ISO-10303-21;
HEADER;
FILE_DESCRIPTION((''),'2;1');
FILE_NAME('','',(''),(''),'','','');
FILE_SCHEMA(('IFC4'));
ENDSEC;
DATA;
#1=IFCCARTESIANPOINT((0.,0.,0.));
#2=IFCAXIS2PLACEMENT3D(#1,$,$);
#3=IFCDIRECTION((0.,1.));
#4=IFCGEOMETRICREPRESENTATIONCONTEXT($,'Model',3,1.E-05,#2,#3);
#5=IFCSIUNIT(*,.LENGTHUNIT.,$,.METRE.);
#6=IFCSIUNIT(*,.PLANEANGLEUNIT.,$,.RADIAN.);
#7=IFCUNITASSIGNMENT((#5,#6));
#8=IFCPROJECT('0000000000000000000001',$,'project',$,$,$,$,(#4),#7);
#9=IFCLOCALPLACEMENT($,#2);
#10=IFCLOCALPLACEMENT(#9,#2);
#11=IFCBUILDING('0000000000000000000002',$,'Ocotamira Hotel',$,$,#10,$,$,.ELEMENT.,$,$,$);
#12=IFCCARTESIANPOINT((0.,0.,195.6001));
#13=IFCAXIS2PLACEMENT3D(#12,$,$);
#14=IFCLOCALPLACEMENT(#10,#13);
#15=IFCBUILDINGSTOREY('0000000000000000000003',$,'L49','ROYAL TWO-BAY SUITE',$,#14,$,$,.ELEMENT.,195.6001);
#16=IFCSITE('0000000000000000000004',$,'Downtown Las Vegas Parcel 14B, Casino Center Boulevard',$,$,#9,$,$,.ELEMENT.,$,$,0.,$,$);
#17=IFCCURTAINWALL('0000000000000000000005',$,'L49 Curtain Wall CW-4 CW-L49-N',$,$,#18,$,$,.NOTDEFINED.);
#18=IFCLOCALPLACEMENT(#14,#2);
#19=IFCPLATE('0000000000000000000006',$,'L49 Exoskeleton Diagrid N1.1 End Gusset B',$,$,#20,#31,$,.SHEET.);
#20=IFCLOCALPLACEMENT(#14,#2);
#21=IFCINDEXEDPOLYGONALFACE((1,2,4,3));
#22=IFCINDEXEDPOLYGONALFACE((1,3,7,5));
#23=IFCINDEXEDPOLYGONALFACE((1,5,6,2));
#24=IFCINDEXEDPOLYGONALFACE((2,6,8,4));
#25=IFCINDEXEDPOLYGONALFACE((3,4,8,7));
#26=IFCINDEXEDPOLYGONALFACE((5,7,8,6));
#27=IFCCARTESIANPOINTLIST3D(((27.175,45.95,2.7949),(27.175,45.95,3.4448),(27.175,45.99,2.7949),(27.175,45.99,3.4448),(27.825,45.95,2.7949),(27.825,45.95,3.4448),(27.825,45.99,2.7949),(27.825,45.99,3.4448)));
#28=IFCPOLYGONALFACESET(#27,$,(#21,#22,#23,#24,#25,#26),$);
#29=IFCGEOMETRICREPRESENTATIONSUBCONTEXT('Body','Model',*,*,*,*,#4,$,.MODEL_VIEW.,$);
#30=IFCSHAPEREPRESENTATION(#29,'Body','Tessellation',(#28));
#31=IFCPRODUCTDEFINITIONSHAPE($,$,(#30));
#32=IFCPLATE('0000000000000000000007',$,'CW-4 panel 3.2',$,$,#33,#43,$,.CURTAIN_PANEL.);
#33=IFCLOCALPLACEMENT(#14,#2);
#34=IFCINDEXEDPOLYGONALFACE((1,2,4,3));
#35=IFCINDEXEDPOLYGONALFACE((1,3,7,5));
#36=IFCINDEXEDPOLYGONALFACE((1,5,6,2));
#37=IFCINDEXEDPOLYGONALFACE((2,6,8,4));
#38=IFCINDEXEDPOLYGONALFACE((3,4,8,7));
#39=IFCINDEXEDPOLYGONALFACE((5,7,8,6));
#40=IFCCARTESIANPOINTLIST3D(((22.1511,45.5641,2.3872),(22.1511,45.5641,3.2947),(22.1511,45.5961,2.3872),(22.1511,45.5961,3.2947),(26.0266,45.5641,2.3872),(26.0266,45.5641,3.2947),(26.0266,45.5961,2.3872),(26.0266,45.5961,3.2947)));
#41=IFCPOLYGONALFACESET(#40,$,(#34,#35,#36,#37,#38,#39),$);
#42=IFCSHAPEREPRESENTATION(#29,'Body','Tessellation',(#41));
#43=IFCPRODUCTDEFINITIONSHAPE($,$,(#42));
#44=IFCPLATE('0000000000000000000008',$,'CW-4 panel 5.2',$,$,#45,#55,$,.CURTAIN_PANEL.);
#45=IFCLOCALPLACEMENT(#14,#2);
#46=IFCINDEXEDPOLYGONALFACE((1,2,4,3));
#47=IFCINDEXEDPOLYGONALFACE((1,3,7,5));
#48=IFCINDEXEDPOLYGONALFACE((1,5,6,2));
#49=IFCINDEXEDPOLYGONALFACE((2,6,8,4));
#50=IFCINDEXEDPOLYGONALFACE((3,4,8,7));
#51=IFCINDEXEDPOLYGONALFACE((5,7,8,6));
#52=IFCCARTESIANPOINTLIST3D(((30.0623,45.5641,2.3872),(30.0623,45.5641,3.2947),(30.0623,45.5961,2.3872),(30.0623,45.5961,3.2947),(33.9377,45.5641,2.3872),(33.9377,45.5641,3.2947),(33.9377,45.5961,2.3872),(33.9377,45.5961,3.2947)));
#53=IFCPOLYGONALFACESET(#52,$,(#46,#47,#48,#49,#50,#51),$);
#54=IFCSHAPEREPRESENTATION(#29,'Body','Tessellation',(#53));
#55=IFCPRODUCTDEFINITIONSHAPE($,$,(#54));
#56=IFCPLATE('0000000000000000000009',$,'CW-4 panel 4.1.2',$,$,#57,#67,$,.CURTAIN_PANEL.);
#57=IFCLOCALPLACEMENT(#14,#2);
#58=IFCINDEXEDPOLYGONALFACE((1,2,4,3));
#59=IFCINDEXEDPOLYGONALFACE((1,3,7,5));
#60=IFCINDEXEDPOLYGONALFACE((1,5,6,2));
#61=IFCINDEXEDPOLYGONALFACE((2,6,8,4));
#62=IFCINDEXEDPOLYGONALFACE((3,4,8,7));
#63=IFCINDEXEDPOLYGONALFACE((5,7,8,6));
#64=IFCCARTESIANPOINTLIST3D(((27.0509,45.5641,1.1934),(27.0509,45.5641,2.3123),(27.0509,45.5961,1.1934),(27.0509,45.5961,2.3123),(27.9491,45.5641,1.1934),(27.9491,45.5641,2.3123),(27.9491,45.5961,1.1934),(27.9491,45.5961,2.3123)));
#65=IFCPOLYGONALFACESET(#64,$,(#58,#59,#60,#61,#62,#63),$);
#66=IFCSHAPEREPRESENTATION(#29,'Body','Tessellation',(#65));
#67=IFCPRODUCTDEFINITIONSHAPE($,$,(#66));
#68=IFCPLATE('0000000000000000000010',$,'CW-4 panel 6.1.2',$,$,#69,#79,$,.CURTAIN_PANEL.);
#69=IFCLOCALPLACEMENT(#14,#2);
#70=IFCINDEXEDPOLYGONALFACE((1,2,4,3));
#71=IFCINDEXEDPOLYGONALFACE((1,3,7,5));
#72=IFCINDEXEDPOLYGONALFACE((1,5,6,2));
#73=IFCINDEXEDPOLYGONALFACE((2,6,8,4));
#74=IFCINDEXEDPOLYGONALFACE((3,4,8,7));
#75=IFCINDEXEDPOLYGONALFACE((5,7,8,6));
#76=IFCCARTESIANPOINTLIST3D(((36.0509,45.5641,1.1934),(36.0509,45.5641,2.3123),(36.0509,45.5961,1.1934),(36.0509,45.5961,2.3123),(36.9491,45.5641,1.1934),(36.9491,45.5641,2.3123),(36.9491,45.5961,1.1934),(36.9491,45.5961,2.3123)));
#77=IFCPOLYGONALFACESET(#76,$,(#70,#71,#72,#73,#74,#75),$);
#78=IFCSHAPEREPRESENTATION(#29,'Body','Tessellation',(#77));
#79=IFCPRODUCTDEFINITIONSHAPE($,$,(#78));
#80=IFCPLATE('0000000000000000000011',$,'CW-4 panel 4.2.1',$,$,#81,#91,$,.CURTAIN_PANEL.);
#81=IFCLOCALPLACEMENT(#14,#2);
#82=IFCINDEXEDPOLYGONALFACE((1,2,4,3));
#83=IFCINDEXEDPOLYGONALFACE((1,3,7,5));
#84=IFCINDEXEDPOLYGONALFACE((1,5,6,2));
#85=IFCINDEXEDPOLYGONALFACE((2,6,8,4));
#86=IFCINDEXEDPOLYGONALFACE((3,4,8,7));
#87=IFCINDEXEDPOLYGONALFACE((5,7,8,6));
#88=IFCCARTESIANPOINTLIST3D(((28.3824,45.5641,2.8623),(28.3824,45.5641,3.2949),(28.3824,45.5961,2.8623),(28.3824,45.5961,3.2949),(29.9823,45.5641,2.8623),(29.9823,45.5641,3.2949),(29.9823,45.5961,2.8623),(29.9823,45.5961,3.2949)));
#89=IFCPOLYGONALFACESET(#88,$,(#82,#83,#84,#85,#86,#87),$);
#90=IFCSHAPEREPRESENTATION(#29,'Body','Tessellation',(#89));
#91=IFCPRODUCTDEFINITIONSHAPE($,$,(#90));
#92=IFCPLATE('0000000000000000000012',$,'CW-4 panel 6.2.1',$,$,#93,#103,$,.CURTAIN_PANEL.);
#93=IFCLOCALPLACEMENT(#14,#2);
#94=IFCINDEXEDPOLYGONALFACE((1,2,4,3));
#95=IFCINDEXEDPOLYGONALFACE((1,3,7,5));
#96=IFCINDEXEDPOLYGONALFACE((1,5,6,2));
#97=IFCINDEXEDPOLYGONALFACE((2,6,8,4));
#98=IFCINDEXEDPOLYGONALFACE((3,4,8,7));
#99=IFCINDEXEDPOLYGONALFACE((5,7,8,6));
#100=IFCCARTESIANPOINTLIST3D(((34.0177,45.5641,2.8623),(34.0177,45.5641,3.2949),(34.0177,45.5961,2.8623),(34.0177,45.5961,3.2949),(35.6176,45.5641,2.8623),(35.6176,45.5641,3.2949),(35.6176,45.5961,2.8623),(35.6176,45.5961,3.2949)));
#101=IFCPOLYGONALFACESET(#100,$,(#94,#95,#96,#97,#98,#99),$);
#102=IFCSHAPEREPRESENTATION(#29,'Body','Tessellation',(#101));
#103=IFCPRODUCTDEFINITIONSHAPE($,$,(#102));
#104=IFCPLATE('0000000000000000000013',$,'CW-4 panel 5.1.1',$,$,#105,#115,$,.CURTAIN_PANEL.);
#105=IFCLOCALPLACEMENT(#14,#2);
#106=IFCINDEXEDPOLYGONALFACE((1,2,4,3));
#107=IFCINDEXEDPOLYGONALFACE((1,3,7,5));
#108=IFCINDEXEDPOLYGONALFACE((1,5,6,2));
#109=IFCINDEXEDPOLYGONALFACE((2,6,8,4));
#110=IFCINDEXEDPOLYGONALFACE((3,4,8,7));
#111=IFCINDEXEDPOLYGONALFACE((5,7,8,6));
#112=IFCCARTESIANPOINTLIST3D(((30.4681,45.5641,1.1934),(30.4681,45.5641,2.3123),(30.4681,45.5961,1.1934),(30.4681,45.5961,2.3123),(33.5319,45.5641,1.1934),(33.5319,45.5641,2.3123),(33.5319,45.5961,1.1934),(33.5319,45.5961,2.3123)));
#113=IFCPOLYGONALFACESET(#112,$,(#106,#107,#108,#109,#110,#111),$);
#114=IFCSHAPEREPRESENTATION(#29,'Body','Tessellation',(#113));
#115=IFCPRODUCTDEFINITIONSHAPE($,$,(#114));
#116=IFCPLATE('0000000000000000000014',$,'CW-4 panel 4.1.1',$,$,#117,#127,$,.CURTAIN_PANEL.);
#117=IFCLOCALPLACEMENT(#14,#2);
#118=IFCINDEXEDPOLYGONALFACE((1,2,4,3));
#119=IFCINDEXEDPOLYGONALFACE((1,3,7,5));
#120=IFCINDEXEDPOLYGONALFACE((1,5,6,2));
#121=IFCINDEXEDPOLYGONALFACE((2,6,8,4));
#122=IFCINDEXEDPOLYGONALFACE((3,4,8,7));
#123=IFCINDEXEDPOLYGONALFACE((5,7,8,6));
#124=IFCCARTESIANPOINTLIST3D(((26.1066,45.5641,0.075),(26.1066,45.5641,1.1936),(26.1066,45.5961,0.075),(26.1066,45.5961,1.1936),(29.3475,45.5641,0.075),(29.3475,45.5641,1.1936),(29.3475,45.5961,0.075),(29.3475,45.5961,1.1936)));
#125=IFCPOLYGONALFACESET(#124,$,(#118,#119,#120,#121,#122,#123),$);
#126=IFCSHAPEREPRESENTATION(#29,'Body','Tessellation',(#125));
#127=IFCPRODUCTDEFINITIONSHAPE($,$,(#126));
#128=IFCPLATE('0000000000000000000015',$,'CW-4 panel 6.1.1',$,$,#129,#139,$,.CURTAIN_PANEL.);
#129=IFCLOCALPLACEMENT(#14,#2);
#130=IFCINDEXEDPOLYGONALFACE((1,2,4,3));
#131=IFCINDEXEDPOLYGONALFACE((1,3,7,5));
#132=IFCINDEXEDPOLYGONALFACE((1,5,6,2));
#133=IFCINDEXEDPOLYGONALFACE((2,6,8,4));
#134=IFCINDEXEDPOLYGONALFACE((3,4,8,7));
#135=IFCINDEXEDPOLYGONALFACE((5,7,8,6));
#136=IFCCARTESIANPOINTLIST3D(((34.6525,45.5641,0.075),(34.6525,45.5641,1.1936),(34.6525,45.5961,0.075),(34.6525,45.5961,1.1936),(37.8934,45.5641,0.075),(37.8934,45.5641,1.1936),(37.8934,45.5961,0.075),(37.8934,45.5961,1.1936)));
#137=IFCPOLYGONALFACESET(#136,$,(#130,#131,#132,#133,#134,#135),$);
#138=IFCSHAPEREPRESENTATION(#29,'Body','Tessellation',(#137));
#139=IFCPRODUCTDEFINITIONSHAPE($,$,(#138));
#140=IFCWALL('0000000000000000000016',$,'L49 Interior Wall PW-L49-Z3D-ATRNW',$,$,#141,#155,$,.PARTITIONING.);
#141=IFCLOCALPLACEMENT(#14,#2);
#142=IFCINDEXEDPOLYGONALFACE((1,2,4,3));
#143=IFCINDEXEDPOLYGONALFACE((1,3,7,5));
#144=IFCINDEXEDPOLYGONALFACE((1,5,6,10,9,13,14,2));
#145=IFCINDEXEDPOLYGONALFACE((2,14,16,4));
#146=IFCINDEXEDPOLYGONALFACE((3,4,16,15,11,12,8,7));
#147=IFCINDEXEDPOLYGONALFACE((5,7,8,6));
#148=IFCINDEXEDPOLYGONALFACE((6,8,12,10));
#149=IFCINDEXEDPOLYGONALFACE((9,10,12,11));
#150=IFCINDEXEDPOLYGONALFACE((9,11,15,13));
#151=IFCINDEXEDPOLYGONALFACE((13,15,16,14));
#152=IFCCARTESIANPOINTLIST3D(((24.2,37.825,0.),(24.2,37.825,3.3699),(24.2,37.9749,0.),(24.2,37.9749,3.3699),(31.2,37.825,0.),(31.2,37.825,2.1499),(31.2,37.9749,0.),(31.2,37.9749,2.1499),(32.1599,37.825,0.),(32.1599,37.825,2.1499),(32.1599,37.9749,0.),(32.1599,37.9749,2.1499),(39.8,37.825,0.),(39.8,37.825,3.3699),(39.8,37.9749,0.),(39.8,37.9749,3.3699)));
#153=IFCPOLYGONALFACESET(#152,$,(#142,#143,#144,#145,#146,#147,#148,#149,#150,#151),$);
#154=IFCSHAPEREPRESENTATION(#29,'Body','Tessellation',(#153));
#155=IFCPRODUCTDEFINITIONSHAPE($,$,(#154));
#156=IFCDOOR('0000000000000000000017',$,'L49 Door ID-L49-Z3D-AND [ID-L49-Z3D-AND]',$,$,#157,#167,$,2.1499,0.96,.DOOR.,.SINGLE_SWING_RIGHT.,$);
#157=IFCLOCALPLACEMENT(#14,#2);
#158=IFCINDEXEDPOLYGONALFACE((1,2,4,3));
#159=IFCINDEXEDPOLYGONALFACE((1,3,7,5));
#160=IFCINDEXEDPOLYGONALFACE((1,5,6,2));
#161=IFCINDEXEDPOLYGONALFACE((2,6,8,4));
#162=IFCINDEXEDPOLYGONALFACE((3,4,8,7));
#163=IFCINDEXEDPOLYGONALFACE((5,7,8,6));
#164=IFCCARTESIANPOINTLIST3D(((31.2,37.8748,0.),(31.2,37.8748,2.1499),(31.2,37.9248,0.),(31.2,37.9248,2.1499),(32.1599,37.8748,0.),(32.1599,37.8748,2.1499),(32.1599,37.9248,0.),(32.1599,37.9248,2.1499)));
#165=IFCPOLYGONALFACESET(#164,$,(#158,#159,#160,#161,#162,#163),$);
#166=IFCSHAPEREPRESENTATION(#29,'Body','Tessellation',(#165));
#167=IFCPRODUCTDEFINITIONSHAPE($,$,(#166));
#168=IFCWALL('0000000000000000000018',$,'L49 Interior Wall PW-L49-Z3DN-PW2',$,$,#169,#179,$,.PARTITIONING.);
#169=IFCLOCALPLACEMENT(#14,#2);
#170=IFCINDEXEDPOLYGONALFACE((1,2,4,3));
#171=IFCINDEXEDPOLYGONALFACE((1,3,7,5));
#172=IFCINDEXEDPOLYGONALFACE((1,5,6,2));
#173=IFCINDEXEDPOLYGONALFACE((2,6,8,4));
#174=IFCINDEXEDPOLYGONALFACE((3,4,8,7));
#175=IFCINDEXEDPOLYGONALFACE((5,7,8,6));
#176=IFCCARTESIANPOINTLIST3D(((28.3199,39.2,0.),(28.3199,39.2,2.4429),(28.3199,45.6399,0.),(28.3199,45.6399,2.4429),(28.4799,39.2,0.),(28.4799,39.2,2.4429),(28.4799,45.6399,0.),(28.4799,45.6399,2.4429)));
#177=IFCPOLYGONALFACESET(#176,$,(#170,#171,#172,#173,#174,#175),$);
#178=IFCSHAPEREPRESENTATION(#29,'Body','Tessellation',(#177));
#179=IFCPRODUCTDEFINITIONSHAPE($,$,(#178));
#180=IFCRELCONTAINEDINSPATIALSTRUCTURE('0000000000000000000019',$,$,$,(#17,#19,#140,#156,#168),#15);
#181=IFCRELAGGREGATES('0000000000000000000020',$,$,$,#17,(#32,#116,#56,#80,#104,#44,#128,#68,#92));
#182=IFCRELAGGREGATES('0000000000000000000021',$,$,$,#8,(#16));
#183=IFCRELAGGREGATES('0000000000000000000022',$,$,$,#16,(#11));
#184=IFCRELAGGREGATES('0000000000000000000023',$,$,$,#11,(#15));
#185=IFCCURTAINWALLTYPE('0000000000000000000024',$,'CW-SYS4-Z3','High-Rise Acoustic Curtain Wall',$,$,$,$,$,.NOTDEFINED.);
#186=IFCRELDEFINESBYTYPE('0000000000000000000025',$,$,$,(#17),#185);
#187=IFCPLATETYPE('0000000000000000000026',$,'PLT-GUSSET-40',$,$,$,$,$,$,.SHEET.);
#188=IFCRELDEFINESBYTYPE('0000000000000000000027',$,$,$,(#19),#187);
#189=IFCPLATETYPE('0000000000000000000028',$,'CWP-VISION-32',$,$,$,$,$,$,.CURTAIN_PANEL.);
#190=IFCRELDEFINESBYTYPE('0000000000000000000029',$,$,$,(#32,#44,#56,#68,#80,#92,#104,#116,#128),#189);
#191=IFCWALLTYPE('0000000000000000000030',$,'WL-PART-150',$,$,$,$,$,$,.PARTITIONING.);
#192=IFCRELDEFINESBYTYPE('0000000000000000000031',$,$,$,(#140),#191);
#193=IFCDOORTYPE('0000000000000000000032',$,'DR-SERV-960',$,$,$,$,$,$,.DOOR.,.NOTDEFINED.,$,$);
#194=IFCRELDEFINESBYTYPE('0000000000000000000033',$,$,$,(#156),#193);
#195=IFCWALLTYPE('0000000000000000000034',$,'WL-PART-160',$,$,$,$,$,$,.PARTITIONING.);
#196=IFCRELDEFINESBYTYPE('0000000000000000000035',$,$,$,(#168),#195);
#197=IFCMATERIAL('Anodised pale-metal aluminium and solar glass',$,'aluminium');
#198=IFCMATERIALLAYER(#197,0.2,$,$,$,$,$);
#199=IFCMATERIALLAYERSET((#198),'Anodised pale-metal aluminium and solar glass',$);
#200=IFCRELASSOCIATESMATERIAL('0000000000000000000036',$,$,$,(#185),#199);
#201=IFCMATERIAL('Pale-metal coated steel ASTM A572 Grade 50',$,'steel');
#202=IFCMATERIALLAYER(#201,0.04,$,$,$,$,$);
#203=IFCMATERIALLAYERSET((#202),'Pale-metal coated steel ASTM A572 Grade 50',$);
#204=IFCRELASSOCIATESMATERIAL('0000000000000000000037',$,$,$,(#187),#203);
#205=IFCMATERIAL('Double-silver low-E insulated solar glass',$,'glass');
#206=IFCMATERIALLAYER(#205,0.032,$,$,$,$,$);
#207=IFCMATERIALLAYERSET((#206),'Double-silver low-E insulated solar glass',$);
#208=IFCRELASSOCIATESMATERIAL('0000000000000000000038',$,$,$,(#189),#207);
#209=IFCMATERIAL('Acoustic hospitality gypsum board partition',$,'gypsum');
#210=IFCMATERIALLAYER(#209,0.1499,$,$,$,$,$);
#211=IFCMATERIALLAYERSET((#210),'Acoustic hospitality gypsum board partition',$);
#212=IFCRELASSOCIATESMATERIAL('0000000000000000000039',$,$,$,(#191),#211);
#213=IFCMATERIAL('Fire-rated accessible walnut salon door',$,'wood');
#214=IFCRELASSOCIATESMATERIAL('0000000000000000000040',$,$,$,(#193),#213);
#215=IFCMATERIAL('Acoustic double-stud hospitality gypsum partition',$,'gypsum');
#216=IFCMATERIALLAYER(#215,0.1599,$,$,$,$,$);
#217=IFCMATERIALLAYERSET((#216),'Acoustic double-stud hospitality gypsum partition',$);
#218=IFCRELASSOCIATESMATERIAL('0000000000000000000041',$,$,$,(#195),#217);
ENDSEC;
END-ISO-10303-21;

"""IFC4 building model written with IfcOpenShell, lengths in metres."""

from ifc_helpers import new_model, si_unit, direction, frame, frame_2d, origin, origin_2d, place, context, subcontext, project, spatial, rectangle, extrude, source, transform, mapped, material, layer, layer_set, type_object, element, fill, aggregate, save


model = new_model("IFC4")

# Units and contexts
model_context = context("Model", 3, precision=1e-05, world=origin(), true_north=direction((0.0, 1.0)))
body_context = subcontext(model_context, "Body", "Model", "MODEL_VIEW")
ifc_project = project(units=[si_unit("LENGTHUNIT", "METRE"), si_unit("PLANEANGLEUNIT", "RADIAN")], contexts=[model_context])

# Site, building, storey
site_placement = place(None, origin())
site = spatial("IfcSite", under=ifc_project, at=site_placement, Name="Downtown Las Vegas Parcel 14B, Casino Center Boulevard", CompositionType="ELEMENT", RefElevation=0.0)
building_placement = place(site_placement, origin())
building = spatial("IfcBuilding", under=site, at=building_placement, Name="Ocotamira Hotel", CompositionType="ELEMENT")
storey_placement = place(building_placement, frame((0.0, 0.0, 195.6001)))
storey = spatial("IfcBuildingStorey", under=building, at=storey_placement, Name="L49", Description="ROYAL TWO-BAY SUITE", CompositionType="ELEMENT", Elevation=195.6001)

# Curtain wall
ifc_material_1 = material(Name="Anodised pale-metal aluminium and solar glass", Category="aluminium")
ifc_layer_1 = layer(ifc_material_1, 0.2)
ifc_layer_set_1 = layer_set([ifc_layer_1], Name="Anodised pale-metal aluminium and solar glass")
curtain_wall_type = type_object("IfcCurtainWallType", Name="CW-SYS4-Z3", Description="High-Rise Acoustic Curtain Wall", PredefinedType="NOTDEFINED", material=ifc_layer_set_1)
curtain_wall_placement = place(storey_placement, origin())
curtain_wall = element("IfcCurtainWall", 1, at=curtain_wall_placement, inside=storey, type_object=curtain_wall_type, Name="L49 Curtain Wall CW-4 CW-L49-N", PredefinedType="NOTDEFINED")

# Plates
ifc_material_2 = material(Name="Pale-metal coated steel ASTM A572 Grade 50", Category="steel")
ifc_layer_2 = layer(ifc_material_2, 0.04)
ifc_layer_set_2 = layer_set([ifc_layer_2], Name="Pale-metal coated steel ASTM A572 Grade 50")
plate_type_1 = type_object("IfcPlateType", Name="PLT-GUSSET-40", PredefinedType="SHEET", material=ifc_layer_set_2)
shared_shape_1 = source(origin(), body_context, "Body", "SweptSolid", [
    extrude(rectangle(XDim=0.6499, YDim=0.04, at=origin_2d()), origin(), (0.0, 0.0, 1.0), 0.6499),
])
plate_1_placement = place(storey_placement, frame((27.5, 45.97, 2.7949), z_axis=(0.0, 0.0, 1.0), x_axis=(1.0, 0.0, 0.0)))
element("IfcPlate", 2, at=plate_1_placement, inside=storey, type_object=plate_type_1, Name="L49 Exoskeleton Diagrid N1.1 End Gusset B", PredefinedType="SHEET", context=body_context, shape_type="MappedRepresentation", body=[
    mapped(shared_shape_1, transform((0.0, 0.0, 0.0), scale=1.0)),
])
ifc_material_3 = material(Name="Double-silver low-E insulated solar glass", Category="glass")
ifc_layer_3 = layer(ifc_material_3, 0.032)
ifc_layer_set_3 = layer_set([ifc_layer_3], Name="Double-silver low-E insulated solar glass")
plate_type_2 = type_object("IfcPlateType", Name="CWP-VISION-32", PredefinedType="CURTAIN_PANEL", material=ifc_layer_set_3)
shared_shape_2 = source(origin(), body_context, "Body", "SweptSolid", [
    extrude(rectangle(XDim=3.8755, YDim=0.032, at=origin_2d()), origin(), (0.0, 0.0, 1.0), 0.9075),
])
plate_2_placement = place(storey_placement, frame((24.0889, 45.5801, 2.3872), z_axis=(0.0, 0.0, 1.0), x_axis=(1.0, 0.0, 0.0)))
plate_2 = element("IfcPlate", 3, at=plate_2_placement, type_object=plate_type_2, Name="CW-4 panel 3.2", PredefinedType="CURTAIN_PANEL", context=body_context, shape_type="MappedRepresentation", body=[
    mapped(shared_shape_2, transform((0.0, 0.0, 0.0), scale=1.0)),
])
plate_3_placement = place(storey_placement, frame((32.0, 45.5801, 2.3872), z_axis=(0.0, 0.0, 1.0), x_axis=(1.0, 0.0, 0.0)))
plate_3 = element("IfcPlate", 4, at=plate_3_placement, type_object=plate_type_2, Name="CW-4 panel 5.2", PredefinedType="CURTAIN_PANEL", context=body_context, shape_type="MappedRepresentation", body=[
    mapped(shared_shape_2, transform((0.0, 0.0, 0.0), scale=1.0)),
])
shared_shape_3 = source(origin(), body_context, "Body", "SweptSolid", [
    extrude(rectangle(XDim=0.8982, YDim=0.032, at=origin_2d()), origin(), (0.0, 0.0, 1.0), 1.1189),
])
plate_4_placement = place(storey_placement, frame((27.5, 45.5801, 1.1934), z_axis=(0.0, 0.0, 1.0), x_axis=(1.0, 0.0, 0.0)))
plate_4 = element("IfcPlate", 5, at=plate_4_placement, type_object=plate_type_2, Name="CW-4 panel 4.1.2", PredefinedType="CURTAIN_PANEL", context=body_context, shape_type="MappedRepresentation", body=[
    mapped(shared_shape_3, transform((0.0, 0.0, 0.0), scale=1.0)),
])
plate_5_placement = place(storey_placement, frame((36.5, 45.5801, 1.1934), z_axis=(0.0, 0.0, 1.0), x_axis=(1.0, 0.0, 0.0)))
plate_5 = element("IfcPlate", 6, at=plate_5_placement, type_object=plate_type_2, Name="CW-4 panel 6.1.2", PredefinedType="CURTAIN_PANEL", context=body_context, shape_type="MappedRepresentation", body=[
    mapped(shared_shape_3, transform((0.0, 0.0, 0.0), scale=1.0)),
])
shared_shape_4 = source(origin(), body_context, "Body", "SweptSolid", [
    extrude(rectangle(XDim=1.5999, YDim=0.032, at=origin_2d()), origin(), (0.0, 0.0, 1.0), 0.4326),
])
plate_6_placement = place(storey_placement, frame((29.1824, 45.5801, 2.8623), z_axis=(0.0, 0.0, 1.0), x_axis=(1.0, 0.0, 0.0)))
plate_6 = element("IfcPlate", 7, at=plate_6_placement, type_object=plate_type_2, Name="CW-4 panel 4.2.1", PredefinedType="CURTAIN_PANEL", context=body_context, shape_type="MappedRepresentation", body=[
    mapped(shared_shape_4, transform((0.0, 0.0, 0.0), scale=1.0)),
])
plate_7_placement = place(storey_placement, frame((34.8176, 45.5801, 2.8623), z_axis=(0.0, 0.0, 1.0), x_axis=(1.0, 0.0, 0.0)))
plate_7 = element("IfcPlate", 8, at=plate_7_placement, type_object=plate_type_2, Name="CW-4 panel 6.2.1", PredefinedType="CURTAIN_PANEL", context=body_context, shape_type="MappedRepresentation", body=[
    mapped(shared_shape_4, transform((0.0, 0.0, 0.0), scale=1.0)),
])
shared_shape_5 = source(origin(), body_context, "Body", "SweptSolid", [
    extrude(rectangle(XDim=3.0637, YDim=0.032, at=origin_2d()), origin(), (0.0, 0.0, 1.0), 1.1189),
])
plate_8_placement = place(storey_placement, frame((32.0, 45.5801, 1.1934), z_axis=(0.0, 0.0, 1.0), x_axis=(1.0, 0.0, 0.0)))
plate_8 = element("IfcPlate", 9, at=plate_8_placement, type_object=plate_type_2, Name="CW-4 panel 5.1.1", PredefinedType="CURTAIN_PANEL", context=body_context, shape_type="MappedRepresentation", body=[
    mapped(shared_shape_5, transform((0.0, 0.0, 0.0), scale=1.0)),
])
shared_shape_6 = source(origin(), body_context, "Body", "SweptSolid", [
    extrude(rectangle(XDim=3.241, YDim=0.032, at=origin_2d()), origin(), (0.0, 0.0, 1.0), 1.1187),
])
plate_9_placement = place(storey_placement, frame((27.7271, 45.5801, 0.075), z_axis=(0.0, 0.0, 1.0), x_axis=(1.0, 0.0, 0.0)))
plate_9 = element("IfcPlate", 10, at=plate_9_placement, type_object=plate_type_2, Name="CW-4 panel 4.1.1", PredefinedType="CURTAIN_PANEL", context=body_context, shape_type="MappedRepresentation", body=[
    mapped(shared_shape_6, transform((0.0, 0.0, 0.0), scale=1.0)),
])
plate_10_placement = place(storey_placement, frame((36.2729, 45.5801, 0.075), z_axis=(0.0, 0.0, 1.0), x_axis=(1.0, 0.0, 0.0)))
plate_10 = element("IfcPlate", 11, at=plate_10_placement, type_object=plate_type_2, Name="CW-4 panel 6.1.1", PredefinedType="CURTAIN_PANEL", context=body_context, shape_type="MappedRepresentation", body=[
    mapped(shared_shape_6, transform((0.0, 0.0, 0.0), scale=1.0)),
])
aggregate(curtain_wall, [plate_2, plate_9, plate_4, plate_6, plate_8, plate_3, plate_10, plate_5, plate_7])

# Wall, opening, door
ifc_material_4 = material(Name="Acoustic hospitality gypsum board partition", Category="gypsum")
ifc_layer_4 = layer(ifc_material_4, 0.1499)
ifc_layer_set_4 = layer_set([ifc_layer_4], Name="Acoustic hospitality gypsum board partition")
wall_type_1 = type_object("IfcWallType", Name="WL-PART-150", PredefinedType="PARTITIONING", material=ifc_layer_set_4)
wall_placement = place(storey_placement, frame((24.2, 37.8999, 0.0), z_axis=(0.0, 0.0, 1.0), x_axis=(1.0, 0.0, 0.0)))
wall = element("IfcWall", 12, at=wall_placement, inside=storey, type_object=wall_type_1, Name="L49 Interior Wall PW-L49-Z3D-ATRNW", PredefinedType="PARTITIONING", context=body_context, shape_type="SweptSolid", body=[
    extrude(rectangle(XDim=15.6001, YDim=0.1499, at=frame_2d((7.8, 0.0))), origin(), (0.0, 0.0, 1.0), 3.3699),
])
opening_placement = place(wall_placement, frame((7.0, 0.0, 0.0)))
opening = element("IfcOpeningElement", 13, at=opening_placement, cuts=wall, PredefinedType="OPENING", context=body_context, shape_type="SweptSolid", body=[
    extrude(rectangle(XDim=0.96, YDim=2.1499, at=frame_2d((0.48, 1.075))), frame((0.0, 0.085, 0.0), z_axis=(0.0, -1.0, 0.0), x_axis=(1.0, 0.0, 0.0)), (0.0, 0.0, 1.0), 0.1699),
])
ifc_material_5 = material(Name="Fire-rated accessible walnut salon door", Category="wood")
door_type = type_object("IfcDoorType", Name="DR-SERV-960", OperationType="NOTDEFINED", PredefinedType="DOOR", material=ifc_material_5)
shared_shape_7 = source(origin(), body_context, "Body", "SweptSolid", [
    extrude(rectangle(XDim=0.96, YDim=2.1499, at=frame_2d((0.48, 1.075))), frame((0.0, 0.0249, 0.0), z_axis=(0.0, -1.0, 0.0), x_axis=(1.0, 0.0, 0.0)), (0.0, 0.0, 1.0), 0.05),
])
door_placement = place(opening_placement, origin())
door = element("IfcDoor", 14, at=door_placement, inside=storey, type_object=door_type, Name="L49 Door ID-L49-Z3D-AND [ID-L49-Z3D-AND]", OperationType="SINGLE_SWING_RIGHT", OverallHeight=2.1499, OverallWidth=0.96, PredefinedType="DOOR", context=body_context, shape_type="MappedRepresentation", body=[
    mapped(shared_shape_7, transform((0.0, 0.0, 0.0), scale=1.0)),
])
fill(opening, door)

# Wall
ifc_material_6 = material(Name="Acoustic double-stud hospitality gypsum partition", Category="gypsum")
ifc_layer_5 = layer(ifc_material_6, 0.1599)
ifc_layer_set_5 = layer_set([ifc_layer_5], Name="Acoustic double-stud hospitality gypsum partition")
wall_type_2 = type_object("IfcWallType", Name="WL-PART-160", PredefinedType="PARTITIONING", material=ifc_layer_set_5)
for number, where, z_axis, x_axis, name in (
    (15, (28.3999, 39.2, 0.0), (0.0, 0.0, 1.0), (0.0, 1.0, 0.0), "L49 Interior Wall PW-L49-Z3DN-PW2"),
):
    element("IfcWall", number, at=place(storey_placement, frame(where, z_axis=z_axis, x_axis=x_axis)), inside=storey, type_object=wall_type_2, Name=name, PredefinedType="PARTITIONING", context=body_context, shape_type="SweptSolid", body=[
        extrude(rectangle(XDim=6.4399, YDim=0.1599, at=frame_2d((3.22, 0.0))), origin(), (0.0, 0.0, 1.0), 2.4429),
    ])

save(model, "model.ifc")
